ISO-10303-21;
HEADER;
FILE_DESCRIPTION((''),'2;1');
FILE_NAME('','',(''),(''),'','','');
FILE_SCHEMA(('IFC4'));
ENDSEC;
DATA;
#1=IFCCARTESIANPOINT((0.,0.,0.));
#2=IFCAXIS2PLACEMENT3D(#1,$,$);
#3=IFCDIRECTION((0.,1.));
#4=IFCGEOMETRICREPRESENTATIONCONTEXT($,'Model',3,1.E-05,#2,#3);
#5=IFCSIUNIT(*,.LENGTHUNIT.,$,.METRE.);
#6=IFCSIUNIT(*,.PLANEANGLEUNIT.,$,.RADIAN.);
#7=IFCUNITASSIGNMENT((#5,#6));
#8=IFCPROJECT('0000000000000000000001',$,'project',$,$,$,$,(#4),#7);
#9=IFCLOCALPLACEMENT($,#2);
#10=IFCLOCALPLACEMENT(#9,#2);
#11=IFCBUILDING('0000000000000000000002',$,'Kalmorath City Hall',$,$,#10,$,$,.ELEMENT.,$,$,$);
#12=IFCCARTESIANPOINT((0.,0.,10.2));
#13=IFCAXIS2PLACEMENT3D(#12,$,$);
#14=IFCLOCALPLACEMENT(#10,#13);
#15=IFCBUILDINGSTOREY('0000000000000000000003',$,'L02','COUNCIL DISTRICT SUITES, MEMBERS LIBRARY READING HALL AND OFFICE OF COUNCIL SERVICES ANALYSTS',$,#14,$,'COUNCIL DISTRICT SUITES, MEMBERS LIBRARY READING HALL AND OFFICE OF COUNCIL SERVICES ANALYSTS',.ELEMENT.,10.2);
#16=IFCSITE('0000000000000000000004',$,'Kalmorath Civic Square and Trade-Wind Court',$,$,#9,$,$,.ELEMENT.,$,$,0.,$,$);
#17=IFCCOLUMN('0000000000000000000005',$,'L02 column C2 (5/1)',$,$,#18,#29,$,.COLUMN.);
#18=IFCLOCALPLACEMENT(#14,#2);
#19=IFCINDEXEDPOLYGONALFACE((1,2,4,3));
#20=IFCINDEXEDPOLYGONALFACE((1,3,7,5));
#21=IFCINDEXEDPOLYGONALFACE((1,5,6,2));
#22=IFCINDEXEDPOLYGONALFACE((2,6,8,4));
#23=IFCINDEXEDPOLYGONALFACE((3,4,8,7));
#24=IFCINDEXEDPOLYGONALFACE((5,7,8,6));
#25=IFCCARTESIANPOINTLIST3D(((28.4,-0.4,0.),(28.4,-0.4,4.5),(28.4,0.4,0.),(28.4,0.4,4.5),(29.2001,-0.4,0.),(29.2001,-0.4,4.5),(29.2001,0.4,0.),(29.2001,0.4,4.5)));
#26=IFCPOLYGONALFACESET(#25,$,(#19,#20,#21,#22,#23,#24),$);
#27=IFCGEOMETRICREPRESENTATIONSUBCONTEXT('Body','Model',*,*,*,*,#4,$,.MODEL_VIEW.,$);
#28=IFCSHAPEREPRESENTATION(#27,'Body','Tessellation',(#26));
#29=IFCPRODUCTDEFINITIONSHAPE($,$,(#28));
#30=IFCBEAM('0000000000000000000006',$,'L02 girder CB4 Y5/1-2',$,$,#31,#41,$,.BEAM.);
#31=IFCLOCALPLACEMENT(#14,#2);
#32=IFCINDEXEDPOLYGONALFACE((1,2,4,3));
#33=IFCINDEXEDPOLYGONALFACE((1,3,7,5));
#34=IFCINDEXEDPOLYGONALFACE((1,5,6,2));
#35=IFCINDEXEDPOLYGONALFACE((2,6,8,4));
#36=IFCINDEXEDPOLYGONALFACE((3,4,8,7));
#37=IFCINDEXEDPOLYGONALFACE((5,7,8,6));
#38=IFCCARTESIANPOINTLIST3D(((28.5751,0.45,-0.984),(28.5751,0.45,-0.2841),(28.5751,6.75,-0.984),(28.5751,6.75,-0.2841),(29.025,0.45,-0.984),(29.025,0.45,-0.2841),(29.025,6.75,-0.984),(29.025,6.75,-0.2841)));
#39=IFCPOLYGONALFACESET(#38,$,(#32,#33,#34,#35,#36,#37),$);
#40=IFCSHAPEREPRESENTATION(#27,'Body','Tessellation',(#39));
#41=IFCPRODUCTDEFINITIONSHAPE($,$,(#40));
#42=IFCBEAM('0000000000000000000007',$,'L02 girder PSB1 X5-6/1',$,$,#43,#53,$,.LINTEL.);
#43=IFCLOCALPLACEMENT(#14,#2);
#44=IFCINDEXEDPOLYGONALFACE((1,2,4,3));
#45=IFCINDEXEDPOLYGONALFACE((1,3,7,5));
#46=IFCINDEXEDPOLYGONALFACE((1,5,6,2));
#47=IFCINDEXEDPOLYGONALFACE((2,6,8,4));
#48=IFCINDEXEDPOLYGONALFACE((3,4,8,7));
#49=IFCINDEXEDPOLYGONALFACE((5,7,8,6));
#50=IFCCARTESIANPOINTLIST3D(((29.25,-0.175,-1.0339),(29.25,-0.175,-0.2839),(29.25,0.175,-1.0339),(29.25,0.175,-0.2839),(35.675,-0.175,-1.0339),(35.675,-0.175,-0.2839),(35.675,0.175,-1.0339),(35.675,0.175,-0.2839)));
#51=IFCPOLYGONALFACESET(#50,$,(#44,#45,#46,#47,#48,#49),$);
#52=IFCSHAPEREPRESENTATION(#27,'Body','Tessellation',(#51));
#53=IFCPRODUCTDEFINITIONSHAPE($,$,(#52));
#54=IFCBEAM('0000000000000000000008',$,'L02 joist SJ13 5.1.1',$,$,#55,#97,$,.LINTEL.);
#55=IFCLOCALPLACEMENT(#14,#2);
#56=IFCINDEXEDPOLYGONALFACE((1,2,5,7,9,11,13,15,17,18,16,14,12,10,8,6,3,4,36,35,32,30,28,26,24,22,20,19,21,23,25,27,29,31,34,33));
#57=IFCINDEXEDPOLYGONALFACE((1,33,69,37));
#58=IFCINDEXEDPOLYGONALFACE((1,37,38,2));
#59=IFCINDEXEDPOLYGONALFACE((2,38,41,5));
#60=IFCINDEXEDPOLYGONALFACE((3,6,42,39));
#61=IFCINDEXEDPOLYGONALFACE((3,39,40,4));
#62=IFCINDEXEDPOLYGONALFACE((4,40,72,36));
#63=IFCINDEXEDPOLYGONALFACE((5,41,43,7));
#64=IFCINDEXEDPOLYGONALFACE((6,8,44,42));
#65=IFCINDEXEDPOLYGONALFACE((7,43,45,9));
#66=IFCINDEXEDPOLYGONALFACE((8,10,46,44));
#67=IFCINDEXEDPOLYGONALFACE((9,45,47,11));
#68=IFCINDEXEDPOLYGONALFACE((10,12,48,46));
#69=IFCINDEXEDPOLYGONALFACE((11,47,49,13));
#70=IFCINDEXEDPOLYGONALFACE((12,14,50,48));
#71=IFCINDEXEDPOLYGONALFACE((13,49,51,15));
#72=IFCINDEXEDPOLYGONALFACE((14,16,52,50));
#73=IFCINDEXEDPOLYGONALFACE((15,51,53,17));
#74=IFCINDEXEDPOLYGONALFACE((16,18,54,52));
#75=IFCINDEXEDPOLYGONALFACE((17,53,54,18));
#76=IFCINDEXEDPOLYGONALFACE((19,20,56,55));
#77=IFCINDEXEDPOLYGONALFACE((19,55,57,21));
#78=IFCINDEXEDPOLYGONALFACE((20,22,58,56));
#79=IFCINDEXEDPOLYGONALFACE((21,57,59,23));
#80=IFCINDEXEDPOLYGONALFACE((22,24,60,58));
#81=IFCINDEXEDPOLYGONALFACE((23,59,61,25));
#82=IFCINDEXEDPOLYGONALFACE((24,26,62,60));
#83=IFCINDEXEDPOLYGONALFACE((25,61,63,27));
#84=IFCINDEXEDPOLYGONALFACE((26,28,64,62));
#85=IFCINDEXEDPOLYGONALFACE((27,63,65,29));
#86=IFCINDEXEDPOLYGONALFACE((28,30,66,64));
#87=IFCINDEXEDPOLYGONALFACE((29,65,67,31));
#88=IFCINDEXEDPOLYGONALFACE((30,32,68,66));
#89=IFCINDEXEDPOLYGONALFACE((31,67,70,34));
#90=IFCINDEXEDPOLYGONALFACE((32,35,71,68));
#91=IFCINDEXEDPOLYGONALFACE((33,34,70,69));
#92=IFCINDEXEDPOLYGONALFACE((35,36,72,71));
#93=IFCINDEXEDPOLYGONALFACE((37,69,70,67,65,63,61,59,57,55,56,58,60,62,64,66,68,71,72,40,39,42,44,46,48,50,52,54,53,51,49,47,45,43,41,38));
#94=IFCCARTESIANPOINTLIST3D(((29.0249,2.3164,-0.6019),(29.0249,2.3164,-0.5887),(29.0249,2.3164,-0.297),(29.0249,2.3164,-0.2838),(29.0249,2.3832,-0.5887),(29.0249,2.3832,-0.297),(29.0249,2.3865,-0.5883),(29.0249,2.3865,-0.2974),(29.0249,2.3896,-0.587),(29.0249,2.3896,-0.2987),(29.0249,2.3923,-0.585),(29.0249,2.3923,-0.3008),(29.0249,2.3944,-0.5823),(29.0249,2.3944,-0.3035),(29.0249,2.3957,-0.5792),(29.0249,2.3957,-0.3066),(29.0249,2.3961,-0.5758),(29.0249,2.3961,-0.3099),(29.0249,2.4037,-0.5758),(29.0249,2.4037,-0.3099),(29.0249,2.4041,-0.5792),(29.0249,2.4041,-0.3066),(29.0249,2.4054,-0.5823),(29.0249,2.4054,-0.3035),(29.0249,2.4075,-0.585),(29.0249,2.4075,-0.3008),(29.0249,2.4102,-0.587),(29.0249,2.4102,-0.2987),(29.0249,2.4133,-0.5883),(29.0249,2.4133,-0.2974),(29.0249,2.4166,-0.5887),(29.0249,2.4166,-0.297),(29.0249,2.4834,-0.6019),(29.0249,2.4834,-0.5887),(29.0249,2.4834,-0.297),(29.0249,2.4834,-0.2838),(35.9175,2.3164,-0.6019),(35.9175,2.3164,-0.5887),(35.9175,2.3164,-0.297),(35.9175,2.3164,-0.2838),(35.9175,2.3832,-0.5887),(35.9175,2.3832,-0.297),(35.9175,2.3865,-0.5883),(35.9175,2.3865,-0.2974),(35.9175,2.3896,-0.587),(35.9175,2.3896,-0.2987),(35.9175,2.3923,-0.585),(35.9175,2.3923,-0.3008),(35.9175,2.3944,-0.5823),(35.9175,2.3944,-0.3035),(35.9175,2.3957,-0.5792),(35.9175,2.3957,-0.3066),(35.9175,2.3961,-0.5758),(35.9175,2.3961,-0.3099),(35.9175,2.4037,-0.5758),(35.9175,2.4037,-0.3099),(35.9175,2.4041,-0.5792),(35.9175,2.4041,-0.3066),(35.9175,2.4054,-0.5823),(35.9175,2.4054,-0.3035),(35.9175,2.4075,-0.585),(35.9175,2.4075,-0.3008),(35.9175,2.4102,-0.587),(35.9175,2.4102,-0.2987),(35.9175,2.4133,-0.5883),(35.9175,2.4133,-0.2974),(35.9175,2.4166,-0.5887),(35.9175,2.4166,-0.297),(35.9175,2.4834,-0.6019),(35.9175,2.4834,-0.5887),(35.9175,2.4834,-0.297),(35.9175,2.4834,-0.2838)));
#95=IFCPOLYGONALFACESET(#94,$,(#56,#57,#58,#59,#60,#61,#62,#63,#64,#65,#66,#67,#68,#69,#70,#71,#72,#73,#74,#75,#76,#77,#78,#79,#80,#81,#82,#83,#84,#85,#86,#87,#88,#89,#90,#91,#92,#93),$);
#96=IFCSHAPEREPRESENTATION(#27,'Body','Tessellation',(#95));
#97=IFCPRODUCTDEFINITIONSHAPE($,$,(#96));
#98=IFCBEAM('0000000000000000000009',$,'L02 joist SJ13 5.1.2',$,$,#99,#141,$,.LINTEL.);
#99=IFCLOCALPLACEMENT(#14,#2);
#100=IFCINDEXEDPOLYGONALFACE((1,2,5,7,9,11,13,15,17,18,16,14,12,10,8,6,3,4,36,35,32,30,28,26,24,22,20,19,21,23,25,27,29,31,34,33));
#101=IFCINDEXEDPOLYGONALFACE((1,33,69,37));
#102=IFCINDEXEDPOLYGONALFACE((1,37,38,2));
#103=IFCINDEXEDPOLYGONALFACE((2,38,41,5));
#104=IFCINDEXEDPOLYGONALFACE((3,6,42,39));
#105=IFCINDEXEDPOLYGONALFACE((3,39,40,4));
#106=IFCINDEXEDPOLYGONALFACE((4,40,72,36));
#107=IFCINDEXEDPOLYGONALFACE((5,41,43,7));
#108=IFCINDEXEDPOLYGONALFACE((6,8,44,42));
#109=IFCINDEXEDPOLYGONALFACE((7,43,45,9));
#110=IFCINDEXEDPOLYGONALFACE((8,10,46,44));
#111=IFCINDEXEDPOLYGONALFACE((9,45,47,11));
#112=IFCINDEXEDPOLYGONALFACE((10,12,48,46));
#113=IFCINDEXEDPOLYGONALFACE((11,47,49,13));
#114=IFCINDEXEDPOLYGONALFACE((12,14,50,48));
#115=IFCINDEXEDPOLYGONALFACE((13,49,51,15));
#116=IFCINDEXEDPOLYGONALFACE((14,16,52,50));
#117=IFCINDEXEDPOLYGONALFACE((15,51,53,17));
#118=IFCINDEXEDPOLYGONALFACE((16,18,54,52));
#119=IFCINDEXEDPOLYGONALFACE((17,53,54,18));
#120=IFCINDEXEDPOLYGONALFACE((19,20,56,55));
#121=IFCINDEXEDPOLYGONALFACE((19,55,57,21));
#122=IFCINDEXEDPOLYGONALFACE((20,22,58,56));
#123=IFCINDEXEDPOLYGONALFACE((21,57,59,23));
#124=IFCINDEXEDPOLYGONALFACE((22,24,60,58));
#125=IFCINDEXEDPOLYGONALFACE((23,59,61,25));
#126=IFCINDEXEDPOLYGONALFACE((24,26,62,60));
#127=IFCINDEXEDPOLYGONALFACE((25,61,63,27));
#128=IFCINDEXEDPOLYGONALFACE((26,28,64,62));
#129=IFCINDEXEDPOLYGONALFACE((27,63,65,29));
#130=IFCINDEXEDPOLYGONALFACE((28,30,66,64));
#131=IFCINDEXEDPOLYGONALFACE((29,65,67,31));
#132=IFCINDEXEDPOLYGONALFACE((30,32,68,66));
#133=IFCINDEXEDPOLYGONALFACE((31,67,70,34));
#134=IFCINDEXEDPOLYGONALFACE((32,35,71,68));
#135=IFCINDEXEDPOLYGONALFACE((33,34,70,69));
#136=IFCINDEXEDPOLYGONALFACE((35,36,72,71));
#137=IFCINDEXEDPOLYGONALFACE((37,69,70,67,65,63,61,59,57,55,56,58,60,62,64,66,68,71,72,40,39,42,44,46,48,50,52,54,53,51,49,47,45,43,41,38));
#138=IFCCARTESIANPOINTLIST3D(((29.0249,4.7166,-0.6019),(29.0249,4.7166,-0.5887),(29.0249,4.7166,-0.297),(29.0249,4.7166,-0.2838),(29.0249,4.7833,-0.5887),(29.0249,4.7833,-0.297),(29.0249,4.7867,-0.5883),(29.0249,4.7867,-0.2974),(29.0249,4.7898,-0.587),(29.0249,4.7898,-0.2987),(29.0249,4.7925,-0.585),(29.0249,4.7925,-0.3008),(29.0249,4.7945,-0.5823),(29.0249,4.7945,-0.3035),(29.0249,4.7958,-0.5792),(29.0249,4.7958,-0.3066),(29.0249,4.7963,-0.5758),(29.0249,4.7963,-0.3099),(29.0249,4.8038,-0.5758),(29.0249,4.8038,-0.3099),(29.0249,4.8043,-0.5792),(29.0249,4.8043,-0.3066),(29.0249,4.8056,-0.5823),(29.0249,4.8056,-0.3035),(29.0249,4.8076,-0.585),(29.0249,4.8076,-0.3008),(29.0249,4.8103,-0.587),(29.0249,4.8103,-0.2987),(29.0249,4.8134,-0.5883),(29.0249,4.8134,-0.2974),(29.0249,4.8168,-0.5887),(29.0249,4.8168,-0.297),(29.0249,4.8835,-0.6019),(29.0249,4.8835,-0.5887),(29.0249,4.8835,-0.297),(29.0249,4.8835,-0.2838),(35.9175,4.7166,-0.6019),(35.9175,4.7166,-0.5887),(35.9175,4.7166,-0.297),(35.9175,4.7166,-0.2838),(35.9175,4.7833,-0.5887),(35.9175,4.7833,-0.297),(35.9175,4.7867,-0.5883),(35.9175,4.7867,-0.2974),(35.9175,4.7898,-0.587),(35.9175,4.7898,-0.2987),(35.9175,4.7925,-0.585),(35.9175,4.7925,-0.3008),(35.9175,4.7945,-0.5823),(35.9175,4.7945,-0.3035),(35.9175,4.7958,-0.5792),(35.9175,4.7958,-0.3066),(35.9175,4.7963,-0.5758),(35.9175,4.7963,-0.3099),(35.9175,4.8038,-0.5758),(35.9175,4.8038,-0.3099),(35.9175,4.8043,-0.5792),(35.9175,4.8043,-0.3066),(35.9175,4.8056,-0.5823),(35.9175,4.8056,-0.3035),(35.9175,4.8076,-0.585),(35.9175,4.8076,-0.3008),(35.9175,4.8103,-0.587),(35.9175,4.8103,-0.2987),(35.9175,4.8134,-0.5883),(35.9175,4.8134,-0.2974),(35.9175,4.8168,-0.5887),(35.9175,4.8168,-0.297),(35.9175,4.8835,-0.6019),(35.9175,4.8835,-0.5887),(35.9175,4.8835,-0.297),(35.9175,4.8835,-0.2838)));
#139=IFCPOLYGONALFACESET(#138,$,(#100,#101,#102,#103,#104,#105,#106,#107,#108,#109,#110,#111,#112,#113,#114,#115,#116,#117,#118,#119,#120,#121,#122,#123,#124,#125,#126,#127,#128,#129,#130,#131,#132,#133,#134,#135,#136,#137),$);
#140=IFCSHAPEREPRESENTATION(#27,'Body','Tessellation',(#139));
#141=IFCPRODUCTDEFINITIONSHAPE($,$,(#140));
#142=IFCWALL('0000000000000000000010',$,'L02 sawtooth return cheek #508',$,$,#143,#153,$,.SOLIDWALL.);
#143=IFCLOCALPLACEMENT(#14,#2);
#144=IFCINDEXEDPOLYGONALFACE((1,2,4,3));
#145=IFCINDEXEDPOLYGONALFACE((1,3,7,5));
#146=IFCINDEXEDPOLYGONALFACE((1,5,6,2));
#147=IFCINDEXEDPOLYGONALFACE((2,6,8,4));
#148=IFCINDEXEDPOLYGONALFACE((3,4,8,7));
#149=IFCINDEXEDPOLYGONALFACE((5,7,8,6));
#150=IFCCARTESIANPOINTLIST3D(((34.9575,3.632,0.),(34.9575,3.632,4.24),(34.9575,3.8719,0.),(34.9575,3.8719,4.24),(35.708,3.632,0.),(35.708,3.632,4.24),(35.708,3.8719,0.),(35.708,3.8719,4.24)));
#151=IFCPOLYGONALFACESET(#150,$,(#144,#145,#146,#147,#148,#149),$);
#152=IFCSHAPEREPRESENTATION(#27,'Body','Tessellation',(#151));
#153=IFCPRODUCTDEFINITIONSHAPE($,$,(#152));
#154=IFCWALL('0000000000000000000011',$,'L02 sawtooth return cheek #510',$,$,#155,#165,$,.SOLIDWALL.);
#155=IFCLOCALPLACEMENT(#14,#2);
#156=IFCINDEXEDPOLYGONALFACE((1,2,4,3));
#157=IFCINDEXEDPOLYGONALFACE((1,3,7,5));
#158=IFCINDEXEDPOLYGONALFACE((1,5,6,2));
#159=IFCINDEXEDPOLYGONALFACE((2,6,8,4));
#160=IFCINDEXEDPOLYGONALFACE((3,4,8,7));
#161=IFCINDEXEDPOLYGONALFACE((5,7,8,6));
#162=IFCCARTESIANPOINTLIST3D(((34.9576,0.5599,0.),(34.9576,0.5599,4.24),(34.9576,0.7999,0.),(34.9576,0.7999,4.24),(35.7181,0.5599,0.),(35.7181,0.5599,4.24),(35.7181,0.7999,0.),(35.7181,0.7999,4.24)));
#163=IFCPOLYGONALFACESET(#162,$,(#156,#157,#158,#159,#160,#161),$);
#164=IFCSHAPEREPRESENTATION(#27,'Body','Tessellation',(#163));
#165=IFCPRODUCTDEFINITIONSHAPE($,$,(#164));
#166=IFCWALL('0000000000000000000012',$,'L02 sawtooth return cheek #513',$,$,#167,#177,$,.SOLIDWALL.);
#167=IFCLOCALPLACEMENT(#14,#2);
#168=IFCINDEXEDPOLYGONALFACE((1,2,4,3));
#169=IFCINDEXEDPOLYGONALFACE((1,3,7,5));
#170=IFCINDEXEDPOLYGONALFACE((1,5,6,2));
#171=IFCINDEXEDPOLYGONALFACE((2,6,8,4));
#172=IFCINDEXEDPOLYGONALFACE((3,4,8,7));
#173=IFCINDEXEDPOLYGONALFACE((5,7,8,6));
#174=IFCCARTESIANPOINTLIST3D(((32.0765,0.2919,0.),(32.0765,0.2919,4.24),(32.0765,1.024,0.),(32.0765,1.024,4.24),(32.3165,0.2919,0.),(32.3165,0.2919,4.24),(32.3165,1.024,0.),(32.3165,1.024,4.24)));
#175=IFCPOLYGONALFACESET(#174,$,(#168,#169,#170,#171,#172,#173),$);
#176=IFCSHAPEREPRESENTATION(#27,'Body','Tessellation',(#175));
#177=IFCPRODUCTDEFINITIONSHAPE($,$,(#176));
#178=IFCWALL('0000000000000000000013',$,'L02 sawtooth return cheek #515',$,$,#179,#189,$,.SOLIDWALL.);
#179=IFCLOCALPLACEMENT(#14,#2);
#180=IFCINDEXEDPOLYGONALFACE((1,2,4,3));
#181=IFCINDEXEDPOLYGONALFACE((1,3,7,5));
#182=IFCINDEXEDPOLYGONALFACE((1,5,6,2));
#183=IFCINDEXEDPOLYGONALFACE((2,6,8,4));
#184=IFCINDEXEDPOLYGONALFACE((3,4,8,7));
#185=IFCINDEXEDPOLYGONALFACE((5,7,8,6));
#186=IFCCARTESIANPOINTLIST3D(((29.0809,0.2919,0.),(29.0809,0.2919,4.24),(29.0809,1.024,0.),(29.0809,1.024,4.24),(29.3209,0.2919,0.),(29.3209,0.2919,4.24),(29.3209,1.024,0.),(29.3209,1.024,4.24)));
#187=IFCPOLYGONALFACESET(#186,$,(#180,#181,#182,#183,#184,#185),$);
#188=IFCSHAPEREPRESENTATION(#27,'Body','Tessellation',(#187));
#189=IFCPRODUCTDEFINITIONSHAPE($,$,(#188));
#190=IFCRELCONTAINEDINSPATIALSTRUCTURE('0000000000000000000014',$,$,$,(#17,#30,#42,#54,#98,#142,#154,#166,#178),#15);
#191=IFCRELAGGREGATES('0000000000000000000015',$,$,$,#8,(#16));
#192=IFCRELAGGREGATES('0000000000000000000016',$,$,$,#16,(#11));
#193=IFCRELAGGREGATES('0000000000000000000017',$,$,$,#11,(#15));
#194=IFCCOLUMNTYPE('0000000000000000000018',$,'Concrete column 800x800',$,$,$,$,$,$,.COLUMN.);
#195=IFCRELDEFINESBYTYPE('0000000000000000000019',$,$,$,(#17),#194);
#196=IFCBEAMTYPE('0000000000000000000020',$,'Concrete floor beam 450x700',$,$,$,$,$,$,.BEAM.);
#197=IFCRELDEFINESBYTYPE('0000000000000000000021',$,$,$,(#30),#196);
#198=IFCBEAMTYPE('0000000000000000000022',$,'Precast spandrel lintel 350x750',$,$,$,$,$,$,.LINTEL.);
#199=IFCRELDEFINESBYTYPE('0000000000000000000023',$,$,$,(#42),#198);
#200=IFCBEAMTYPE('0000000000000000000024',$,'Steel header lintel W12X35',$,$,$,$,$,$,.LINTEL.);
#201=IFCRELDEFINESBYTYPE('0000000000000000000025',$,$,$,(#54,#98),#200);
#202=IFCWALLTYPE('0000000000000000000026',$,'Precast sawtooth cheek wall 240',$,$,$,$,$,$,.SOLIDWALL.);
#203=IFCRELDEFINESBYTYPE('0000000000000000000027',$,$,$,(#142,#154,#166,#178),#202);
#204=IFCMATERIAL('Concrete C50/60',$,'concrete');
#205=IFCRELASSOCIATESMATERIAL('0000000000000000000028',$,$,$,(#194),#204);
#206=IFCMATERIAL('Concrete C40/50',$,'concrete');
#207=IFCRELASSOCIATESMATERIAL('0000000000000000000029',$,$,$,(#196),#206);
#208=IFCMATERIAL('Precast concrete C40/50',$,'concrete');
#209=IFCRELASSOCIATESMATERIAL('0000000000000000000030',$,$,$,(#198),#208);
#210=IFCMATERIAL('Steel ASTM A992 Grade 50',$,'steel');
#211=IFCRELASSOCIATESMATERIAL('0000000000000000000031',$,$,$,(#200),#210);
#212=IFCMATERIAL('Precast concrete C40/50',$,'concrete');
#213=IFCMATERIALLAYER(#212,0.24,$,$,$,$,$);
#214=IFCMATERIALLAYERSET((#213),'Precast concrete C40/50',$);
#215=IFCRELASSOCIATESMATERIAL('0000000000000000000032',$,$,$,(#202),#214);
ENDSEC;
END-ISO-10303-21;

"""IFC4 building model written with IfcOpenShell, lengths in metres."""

from ifc_helpers import new_model, si_unit, direction, frame, frame_2d, origin, origin_2d, place, context, subcontext, project, spatial, rectangle, i_section, extrude, material, layer, layer_set, material_profile, profile_set, type_object, element, save


model = new_model("IFC4")

# Units and contexts
model_context = context("Model", 3, precision=1e-05, world=origin(), true_north=direction((0.0, 1.0)))
body_context = subcontext(model_context, "Body", "Model", "MODEL_VIEW")
ifc_project = project(units=[si_unit("LENGTHUNIT", "METRE"), si_unit("PLANEANGLEUNIT", "RADIAN")], contexts=[model_context])

# Site, building, storey
site_placement = place(None, origin())
site = spatial("IfcSite", under=ifc_project, at=site_placement, Name="Kalmorath Civic Square and Trade-Wind Court", CompositionType="ELEMENT", RefElevation=0.0)
building_placement = place(site_placement, origin())
building = spatial("IfcBuilding", under=site, at=building_placement, Name="Kalmorath City Hall", CompositionType="ELEMENT")
storey_placement = place(building_placement, frame((0.0, 0.0, 10.2)))
storey = spatial("IfcBuildingStorey", under=building, at=storey_placement, Name="L02", Description="COUNCIL DISTRICT SUITES, MEMBERS LIBRARY READING HALL AND OFFICE OF COUNCIL SERVICES ANALYSTS", LongName="COUNCIL DISTRICT SUITES, MEMBERS LIBRARY READING HALL AND OFFICE OF COUNCIL SERVICES ANALYSTS", CompositionType="ELEMENT", Elevation=10.2)

# Column
ifc_material_1 = material(Name="Concrete C50/60", Category="concrete")
ifc_material_profile_1 = material_profile(ifc_material_1, rectangle(XDim=0.8, YDim=0.8, at=origin_2d()), Name="RC-COL-800X800")
ifc_profile_set_1 = profile_set([ifc_material_profile_1], Name="Concrete C50/60")
column_type = type_object("IfcColumnType", Name="Concrete column 800x800", PredefinedType="COLUMN", material=ifc_profile_set_1)
column_placement = place(storey_placement, frame((28.8, 0.0, 0.0), z_axis=(0.0, 0.0, 1.0), x_axis=(1.0, 0.0, 0.0)))
element("IfcColumn", 1, at=column_placement, inside=storey, type_object=column_type, Name="L02 column C2 (5/1)", PredefinedType="COLUMN", context=body_context, shape_type="SweptSolid", body=[
    extrude(rectangle(XDim=0.8, YDim=0.8, at=origin_2d()), origin(), (0.0, 0.0, 1.0), 4.5),
])

# Beams
ifc_material_2 = material(Name="Concrete C40/50", Category="concrete")
ifc_material_profile_2 = material_profile(ifc_material_2, rectangle(XDim=0.45, YDim=0.7, at=origin_2d()), Name="RC-BM-450X700")
ifc_profile_set_2 = profile_set([ifc_material_profile_2], Name="Concrete C40/50")
beam_type_1 = type_object("IfcBeamType", Name="Concrete floor beam 450x700", PredefinedType="BEAM", material=ifc_profile_set_2)
beam_1_placement = place(storey_placement, frame((28.8, 0.45, -0.634), z_axis=(0.0, 1.0, 0.0), x_axis=(-1.0, 0.0, 0.0)))
element("IfcBeam", 2, at=beam_1_placement, inside=storey, type_object=beam_type_1, Name="L02 girder CB4 Y5/1-2", PredefinedType="BEAM", context=body_context, shape_type="SweptSolid", body=[
    extrude(rectangle(XDim=0.45, YDim=0.7, at=origin_2d()), origin(), (0.0, 0.0, 1.0), 6.3),
])
ifc_material_3 = material(Name="Precast concrete C40/50", Category="concrete")
ifc_material_profile_3 = material_profile(ifc_material_3, rectangle(XDim=0.3501, YDim=0.75, at=origin_2d()), Name="PC-SP-350X750")
ifc_profile_set_3 = profile_set([ifc_material_profile_3], Name="Precast concrete C40/50")
beam_type_2 = type_object("IfcBeamType", Name="Precast spandrel lintel 350x750", PredefinedType="LINTEL", material=ifc_profile_set_3)
beam_2_placement = place(storey_placement, frame((29.25, 0.0, -0.6589), z_axis=(1.0, 0.0, 0.0), x_axis=(0.0, 1.0, 0.0)))
element("IfcBeam", 3, at=beam_2_placement, inside=storey, type_object=beam_type_2, Name="L02 girder PSB1 X5-6/1", PredefinedType="LINTEL", context=body_context, shape_type="SweptSolid", body=[
    extrude(rectangle(XDim=0.3501, YDim=0.75, at=origin_2d()), origin(), (0.0, 0.0, 1.0), 6.425),
])
ifc_material_4 = material(Name="Steel ASTM A992 Grade 50", Category="steel")
ifc_material_profile_4 = material_profile(ifc_material_4, i_section(OverallWidth=0.167, OverallDepth=0.3181, WebThickness=0.0076, FlangeThickness=0.0132, FilletRadius=0.0129, at=origin_2d()), Name="W12X35")
ifc_profile_set_4 = profile_set([ifc_material_profile_4], Name="Steel ASTM A992 Grade 50")
beam_type_3 = type_object("IfcBeamType", Name="Steel header lintel W12X35", PredefinedType="LINTEL", material=ifc_profile_set_4)
for number, where, z_axis, x_axis, name in (
    (4, (29.0249, 2.3999, -0.4429), (1.0, 0.0, 0.0), (0.0, 1.0, 0.0), "L02 joist SJ13 5.1.1"),
    (5, (29.0249, 4.8, -0.4429), (1.0, 0.0, 0.0), (0.0, 1.0, 0.0), "L02 joist SJ13 5.1.2"),
):
    element("IfcBeam", number, at=place(storey_placement, frame(where, z_axis=z_axis, x_axis=x_axis)), inside=storey, type_object=beam_type_3, Name=name, PredefinedType="LINTEL", context=body_context, shape_type="SweptSolid", body=[
        extrude(i_section(OverallWidth=0.167, OverallDepth=0.3181, WebThickness=0.0076, FlangeThickness=0.0132, FilletRadius=0.0129, at=origin_2d()), origin(), (0.0, 0.0, 1.0), 6.8926),
    ])

# Walls
ifc_material_5 = material(Name="Precast concrete C40/50", Category="concrete")
ifc_layer_1 = layer(ifc_material_5, 0.24)
ifc_layer_set_1 = layer_set([ifc_layer_1], Name="Precast concrete C40/50")
wall_type_1 = type_object("IfcWallType", Name="Precast sawtooth cheek wall 240", PredefinedType="SOLIDWALL", material=ifc_layer_set_1)
wall_1_placement = place(storey_placement, frame((34.9575, 3.752, 0.0), z_axis=(0.0, 0.0, 1.0), x_axis=(1.0, 0.0, 0.0)))
element("IfcWall", 6, at=wall_1_placement, inside=storey, type_object=wall_type_1, Name="L02 sawtooth return cheek #508", PredefinedType="SOLIDWALL", context=body_context, shape_type="SweptSolid", body=[
    extrude(rectangle(XDim=0.7505, YDim=0.24, at=frame_2d((0.3752, 0.0))), origin(), (0.0, 0.0, 1.0), 4.24),
])
wall_2_placement = place(storey_placement, frame((34.9575, 0.6799, 0.0), z_axis=(0.0, 0.0, 1.0), x_axis=(1.0, 0.0, 0.0)))
element("IfcWall", 7, at=wall_2_placement, inside=storey, type_object=wall_type_1, Name="L02 sawtooth return cheek #510", PredefinedType="SOLIDWALL", context=body_context, shape_type="SweptSolid", body=[
    extrude(rectangle(XDim=0.7605, YDim=0.24, at=frame_2d((0.3804, 0.0))), origin(), (0.0, 0.0, 1.0), 4.24),
])
for number, where, z_axis, x_axis, name in (
    (8, (32.1965, 1.0242, 0.0), (0.0, 0.0, 1.0), (0.0, -1.0, 0.0), "L02 sawtooth return cheek #513"),
    (9, (29.2009, 1.0242, 0.0), (0.0, 0.0, 1.0), (0.0, -1.0, 0.0), "L02 sawtooth return cheek #515"),
):
    element("IfcWall", number, at=place(storey_placement, frame(where, z_axis=z_axis, x_axis=x_axis)), inside=storey, type_object=wall_type_1, Name=name, PredefinedType="SOLIDWALL", context=body_context, shape_type="SweptSolid", body=[
        extrude(rectangle(XDim=0.7322, YDim=0.24, at=frame_2d((0.3662, 0.0))), origin(), (0.0, 0.0, 1.0), 4.24),
    ])

save(model, "model.ifc")
